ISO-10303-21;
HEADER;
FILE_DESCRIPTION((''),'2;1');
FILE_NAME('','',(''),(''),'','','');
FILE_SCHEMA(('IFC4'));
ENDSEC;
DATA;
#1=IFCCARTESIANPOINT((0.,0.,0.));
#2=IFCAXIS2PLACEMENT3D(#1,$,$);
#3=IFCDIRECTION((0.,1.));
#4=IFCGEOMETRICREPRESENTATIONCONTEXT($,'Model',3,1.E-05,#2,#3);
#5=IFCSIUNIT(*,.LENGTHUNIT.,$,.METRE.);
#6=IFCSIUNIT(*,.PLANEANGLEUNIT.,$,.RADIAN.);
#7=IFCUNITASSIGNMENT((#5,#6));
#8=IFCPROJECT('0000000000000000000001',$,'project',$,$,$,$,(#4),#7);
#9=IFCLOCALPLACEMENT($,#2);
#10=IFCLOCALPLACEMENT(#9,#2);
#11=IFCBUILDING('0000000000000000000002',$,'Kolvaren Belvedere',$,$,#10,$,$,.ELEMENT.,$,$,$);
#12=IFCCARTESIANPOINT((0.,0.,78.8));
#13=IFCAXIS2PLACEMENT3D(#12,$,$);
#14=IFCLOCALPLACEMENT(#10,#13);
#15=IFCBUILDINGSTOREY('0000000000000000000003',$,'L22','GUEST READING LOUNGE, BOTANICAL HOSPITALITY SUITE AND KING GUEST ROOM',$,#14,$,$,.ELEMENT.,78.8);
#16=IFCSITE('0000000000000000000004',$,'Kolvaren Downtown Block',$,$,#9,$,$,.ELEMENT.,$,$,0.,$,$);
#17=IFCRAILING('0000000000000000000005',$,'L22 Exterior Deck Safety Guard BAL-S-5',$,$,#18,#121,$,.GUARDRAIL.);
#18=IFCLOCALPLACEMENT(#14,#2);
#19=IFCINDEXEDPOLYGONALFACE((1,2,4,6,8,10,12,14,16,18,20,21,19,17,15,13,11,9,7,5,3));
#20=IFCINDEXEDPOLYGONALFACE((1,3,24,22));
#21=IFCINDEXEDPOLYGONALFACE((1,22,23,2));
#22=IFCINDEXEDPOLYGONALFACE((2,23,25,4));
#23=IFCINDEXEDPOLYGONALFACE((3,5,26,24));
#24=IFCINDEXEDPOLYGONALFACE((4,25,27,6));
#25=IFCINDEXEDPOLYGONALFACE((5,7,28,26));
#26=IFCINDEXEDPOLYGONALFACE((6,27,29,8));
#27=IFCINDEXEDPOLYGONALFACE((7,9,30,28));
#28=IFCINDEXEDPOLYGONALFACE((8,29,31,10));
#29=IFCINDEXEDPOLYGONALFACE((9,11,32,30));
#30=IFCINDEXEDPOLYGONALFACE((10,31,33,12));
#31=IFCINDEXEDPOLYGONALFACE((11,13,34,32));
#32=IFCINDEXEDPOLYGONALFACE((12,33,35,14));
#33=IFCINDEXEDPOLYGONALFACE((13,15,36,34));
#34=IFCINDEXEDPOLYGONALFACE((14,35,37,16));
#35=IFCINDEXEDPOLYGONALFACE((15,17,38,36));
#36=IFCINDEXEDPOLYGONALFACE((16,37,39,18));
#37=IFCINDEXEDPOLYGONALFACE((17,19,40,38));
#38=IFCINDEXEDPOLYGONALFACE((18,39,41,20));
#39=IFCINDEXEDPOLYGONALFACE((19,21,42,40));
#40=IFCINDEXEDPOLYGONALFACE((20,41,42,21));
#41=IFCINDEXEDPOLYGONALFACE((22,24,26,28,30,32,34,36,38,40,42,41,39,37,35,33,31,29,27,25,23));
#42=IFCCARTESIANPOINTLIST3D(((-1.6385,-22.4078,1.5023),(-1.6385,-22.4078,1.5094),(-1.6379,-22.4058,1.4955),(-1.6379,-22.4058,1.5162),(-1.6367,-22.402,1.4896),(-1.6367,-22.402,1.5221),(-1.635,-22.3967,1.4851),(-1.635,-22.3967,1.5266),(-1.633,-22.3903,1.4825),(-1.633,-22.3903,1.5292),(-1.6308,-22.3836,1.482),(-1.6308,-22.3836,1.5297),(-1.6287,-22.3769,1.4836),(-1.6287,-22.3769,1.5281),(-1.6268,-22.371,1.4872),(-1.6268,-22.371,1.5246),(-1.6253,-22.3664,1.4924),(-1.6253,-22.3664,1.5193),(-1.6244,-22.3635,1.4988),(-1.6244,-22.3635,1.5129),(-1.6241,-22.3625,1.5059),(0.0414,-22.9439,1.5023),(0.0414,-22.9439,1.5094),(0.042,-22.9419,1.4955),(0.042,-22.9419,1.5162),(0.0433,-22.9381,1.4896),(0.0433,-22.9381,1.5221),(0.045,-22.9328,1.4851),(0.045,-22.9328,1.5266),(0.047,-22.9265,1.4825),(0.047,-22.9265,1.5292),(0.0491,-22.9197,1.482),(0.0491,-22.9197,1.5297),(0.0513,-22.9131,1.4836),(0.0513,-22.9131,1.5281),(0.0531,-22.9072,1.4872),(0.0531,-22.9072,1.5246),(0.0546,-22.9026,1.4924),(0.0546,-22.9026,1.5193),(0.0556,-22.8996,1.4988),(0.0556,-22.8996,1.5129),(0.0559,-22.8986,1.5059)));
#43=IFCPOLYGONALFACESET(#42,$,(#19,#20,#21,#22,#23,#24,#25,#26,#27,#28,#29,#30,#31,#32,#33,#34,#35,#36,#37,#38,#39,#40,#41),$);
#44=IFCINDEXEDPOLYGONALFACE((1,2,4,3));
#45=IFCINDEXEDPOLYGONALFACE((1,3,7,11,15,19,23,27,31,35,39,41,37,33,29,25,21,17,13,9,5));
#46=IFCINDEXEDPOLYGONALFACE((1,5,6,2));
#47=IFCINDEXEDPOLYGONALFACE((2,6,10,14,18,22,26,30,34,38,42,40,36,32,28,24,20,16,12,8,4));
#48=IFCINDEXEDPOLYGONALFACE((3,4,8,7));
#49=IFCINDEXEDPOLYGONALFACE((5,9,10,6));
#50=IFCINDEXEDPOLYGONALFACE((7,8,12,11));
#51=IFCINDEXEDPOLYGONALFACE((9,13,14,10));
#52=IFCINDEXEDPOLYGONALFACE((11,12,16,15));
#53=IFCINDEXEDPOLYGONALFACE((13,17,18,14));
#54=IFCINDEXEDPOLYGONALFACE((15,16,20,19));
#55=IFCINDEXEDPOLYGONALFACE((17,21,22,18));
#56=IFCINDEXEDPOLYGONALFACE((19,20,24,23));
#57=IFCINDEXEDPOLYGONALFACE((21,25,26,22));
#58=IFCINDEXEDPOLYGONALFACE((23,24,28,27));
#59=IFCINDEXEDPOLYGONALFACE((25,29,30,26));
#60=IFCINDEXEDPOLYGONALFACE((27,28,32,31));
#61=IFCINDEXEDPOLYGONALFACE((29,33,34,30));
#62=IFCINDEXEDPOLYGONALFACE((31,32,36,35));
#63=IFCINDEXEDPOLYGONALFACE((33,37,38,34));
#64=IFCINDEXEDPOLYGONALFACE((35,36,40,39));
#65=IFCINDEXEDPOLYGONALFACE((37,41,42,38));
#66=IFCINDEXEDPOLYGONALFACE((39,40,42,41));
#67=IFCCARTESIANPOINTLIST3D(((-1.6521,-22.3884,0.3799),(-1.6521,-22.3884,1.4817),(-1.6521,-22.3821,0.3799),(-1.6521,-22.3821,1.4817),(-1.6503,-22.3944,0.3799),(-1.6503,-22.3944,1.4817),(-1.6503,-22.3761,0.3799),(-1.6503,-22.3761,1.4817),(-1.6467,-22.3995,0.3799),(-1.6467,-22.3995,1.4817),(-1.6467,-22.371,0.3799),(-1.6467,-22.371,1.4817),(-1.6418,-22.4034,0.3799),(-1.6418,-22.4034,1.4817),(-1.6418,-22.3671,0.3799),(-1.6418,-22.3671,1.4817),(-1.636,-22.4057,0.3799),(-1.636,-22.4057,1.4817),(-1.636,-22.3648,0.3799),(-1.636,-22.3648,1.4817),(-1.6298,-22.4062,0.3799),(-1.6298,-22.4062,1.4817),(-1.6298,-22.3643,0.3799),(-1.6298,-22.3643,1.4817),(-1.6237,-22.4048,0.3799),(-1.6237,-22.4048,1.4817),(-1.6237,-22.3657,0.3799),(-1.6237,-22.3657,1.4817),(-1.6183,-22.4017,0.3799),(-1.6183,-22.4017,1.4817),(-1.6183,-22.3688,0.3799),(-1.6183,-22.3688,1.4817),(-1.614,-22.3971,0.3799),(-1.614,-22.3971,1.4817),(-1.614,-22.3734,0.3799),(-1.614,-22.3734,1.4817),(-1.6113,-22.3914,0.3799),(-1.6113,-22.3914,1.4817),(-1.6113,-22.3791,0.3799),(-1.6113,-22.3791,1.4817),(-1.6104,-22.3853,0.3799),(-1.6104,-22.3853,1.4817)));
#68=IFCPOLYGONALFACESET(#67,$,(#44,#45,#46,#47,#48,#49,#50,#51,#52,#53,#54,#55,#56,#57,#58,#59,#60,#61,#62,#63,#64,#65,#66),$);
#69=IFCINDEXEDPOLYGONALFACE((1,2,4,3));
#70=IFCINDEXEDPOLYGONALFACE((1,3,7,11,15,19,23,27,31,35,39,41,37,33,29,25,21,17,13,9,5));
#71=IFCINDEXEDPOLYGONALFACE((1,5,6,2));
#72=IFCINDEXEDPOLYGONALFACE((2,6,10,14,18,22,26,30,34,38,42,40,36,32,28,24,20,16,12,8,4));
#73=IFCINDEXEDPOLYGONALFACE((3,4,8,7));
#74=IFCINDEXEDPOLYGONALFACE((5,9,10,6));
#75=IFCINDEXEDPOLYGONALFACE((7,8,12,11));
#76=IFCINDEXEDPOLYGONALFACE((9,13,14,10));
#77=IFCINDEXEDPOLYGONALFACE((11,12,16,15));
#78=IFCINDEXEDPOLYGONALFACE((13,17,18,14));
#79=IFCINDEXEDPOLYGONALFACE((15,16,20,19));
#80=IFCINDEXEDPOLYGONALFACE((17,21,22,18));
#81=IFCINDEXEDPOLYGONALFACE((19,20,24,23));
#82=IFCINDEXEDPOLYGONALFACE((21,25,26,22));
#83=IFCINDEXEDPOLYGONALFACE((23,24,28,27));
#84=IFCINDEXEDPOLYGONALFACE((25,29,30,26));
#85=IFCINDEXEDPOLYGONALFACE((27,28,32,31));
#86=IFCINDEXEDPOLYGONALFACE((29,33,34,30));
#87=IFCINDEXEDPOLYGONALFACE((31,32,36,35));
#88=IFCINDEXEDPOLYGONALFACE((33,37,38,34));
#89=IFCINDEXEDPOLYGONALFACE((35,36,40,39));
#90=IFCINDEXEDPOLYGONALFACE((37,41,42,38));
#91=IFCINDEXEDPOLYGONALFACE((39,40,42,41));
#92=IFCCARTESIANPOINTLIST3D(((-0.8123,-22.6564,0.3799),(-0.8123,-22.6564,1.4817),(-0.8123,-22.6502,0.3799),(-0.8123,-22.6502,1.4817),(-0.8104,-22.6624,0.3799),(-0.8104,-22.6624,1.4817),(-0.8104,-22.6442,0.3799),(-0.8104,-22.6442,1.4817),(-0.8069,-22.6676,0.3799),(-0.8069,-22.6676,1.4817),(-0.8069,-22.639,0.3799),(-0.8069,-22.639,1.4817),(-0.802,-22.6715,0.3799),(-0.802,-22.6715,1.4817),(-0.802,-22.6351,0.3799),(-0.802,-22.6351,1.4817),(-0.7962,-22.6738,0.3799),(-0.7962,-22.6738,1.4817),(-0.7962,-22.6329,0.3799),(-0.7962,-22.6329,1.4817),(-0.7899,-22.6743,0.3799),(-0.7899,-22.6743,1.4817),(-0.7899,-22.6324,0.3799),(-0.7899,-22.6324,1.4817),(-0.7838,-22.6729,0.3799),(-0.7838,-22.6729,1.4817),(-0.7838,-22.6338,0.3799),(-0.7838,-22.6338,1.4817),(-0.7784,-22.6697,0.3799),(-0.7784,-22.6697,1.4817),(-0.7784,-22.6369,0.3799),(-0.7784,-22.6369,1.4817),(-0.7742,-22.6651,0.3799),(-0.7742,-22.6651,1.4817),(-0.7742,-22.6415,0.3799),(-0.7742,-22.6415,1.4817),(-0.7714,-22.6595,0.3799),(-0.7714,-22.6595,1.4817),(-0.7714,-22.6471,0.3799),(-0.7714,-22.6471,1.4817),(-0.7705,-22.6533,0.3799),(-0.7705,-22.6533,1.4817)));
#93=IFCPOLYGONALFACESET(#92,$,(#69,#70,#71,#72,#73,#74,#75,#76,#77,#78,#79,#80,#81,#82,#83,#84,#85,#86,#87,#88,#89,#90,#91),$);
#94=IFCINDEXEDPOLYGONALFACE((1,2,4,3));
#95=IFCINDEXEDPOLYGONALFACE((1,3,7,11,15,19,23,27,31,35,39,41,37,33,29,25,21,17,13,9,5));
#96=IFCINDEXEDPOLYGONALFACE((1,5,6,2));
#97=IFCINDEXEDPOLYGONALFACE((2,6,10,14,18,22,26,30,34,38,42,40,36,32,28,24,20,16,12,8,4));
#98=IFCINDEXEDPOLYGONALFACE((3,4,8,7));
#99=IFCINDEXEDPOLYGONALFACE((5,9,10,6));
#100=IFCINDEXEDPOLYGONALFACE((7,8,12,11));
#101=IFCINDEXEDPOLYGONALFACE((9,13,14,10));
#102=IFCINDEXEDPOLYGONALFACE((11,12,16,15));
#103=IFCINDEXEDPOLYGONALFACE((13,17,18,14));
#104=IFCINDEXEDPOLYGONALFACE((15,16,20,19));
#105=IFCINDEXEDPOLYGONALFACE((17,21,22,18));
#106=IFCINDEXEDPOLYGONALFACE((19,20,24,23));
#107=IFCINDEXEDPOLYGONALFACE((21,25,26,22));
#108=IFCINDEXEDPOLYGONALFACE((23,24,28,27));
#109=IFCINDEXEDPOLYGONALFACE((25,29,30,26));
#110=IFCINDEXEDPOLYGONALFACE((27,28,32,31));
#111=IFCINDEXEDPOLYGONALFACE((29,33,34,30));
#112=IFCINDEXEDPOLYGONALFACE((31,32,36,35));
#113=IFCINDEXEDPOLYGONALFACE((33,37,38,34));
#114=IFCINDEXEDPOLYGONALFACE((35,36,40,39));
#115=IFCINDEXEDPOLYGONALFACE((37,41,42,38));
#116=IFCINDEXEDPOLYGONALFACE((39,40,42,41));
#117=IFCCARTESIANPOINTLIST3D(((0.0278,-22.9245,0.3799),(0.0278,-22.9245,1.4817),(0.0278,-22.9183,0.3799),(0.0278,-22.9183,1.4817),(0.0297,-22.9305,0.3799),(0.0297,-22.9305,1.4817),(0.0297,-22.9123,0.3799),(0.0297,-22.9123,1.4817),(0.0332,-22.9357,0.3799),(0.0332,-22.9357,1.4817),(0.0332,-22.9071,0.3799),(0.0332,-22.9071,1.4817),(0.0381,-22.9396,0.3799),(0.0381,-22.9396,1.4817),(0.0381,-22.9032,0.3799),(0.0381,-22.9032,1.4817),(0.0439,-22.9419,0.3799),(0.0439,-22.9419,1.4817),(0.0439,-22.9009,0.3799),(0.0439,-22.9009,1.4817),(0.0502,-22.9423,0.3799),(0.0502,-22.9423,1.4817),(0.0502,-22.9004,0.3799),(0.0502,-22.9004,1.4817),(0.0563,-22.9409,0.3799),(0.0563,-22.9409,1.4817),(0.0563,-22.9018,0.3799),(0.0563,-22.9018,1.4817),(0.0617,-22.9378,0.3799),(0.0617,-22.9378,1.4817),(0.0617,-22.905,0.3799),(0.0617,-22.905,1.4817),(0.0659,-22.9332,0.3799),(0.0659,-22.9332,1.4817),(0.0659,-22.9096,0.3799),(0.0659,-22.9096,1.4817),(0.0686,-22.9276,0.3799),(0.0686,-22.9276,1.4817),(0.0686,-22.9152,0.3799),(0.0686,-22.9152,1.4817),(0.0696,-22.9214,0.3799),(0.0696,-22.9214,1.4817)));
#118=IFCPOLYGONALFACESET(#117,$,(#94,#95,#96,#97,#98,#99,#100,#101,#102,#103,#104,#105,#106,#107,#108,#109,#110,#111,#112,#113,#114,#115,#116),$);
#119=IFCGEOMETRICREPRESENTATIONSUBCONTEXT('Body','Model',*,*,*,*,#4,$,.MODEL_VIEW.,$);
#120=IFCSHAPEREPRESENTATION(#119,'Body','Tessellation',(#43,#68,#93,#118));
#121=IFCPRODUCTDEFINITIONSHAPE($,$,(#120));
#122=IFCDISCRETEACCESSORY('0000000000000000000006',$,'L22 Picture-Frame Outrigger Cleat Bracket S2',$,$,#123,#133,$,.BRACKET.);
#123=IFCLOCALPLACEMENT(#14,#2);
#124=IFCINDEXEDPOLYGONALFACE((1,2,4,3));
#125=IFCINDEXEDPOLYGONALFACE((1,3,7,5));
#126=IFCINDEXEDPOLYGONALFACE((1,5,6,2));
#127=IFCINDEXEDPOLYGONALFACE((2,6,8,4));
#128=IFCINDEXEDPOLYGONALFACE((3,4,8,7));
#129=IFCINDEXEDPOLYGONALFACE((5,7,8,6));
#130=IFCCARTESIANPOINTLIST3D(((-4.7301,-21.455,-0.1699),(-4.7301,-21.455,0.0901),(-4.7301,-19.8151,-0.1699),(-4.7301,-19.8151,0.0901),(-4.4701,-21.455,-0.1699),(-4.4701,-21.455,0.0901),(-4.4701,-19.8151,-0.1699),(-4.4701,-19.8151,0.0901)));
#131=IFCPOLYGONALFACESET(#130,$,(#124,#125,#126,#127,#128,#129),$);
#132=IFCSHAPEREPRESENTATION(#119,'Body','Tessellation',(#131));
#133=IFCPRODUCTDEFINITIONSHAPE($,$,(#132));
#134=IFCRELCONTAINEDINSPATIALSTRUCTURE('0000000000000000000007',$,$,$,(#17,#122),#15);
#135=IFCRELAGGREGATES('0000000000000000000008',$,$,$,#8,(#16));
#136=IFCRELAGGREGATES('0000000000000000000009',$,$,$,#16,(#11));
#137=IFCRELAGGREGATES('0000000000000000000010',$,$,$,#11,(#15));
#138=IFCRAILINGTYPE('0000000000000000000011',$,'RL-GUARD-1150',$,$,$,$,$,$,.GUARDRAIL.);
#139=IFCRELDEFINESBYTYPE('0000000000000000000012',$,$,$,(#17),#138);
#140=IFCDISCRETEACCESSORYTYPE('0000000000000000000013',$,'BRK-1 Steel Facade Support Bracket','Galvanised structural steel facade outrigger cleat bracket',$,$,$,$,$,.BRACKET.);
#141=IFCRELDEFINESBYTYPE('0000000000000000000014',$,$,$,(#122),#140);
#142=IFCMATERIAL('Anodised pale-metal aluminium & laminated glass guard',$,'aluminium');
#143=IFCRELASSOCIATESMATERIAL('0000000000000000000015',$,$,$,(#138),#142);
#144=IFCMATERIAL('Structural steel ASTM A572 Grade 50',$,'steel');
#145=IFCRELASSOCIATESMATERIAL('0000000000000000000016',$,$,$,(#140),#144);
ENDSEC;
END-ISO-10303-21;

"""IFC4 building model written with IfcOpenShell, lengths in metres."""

from ifc_helpers import new_model, si_unit, direction, frame, origin, origin_2d, place, context, subcontext, project, spatial, rectangle, circle, extrude, material, type_object, element, save


model = new_model("IFC4")

# Units and contexts
model_context = context("Model", 3, precision=1e-05, world=origin(), true_north=direction((0.0, 1.0)))
body_context = subcontext(model_context, "Body", "Model", "MODEL_VIEW")
ifc_project = project(units=[si_unit("LENGTHUNIT", "METRE"), si_unit("PLANEANGLEUNIT", "RADIAN")], contexts=[model_context])

# Site, building, storey
site_placement = place(None, origin())
site = spatial("IfcSite", under=ifc_project, at=site_placement, Name="Kolvaren Downtown Block", CompositionType="ELEMENT", RefElevation=0.0)
building_placement = place(site_placement, origin())
building = spatial("IfcBuilding", under=site, at=building_placement, Name="Kolvaren Belvedere", CompositionType="ELEMENT")
storey_placement = place(building_placement, frame((0.0, 0.0, 78.8)))
storey = spatial("IfcBuildingStorey", under=building, at=storey_placement, Name="L22", Description="GUEST READING LOUNGE, BOTANICAL HOSPITALITY SUITE AND KING GUEST ROOM", CompositionType="ELEMENT", Elevation=78.8)

# Railing
ifc_material_1 = material(Name="Anodised pale-metal aluminium & laminated glass guard", Category="aluminium")
railing_type = type_object("IfcRailingType", Name="RL-GUARD-1150", PredefinedType="GUARDRAIL", material=ifc_material_1)
railing_1_placement = place(storey_placement, frame((-1.6313, -22.3853, 0.3799)))
element("IfcRailing", 1, at=railing_1_placement, inside=storey, type_object=railing_type, Name="L22 Exterior Deck Safety Guard BAL-S-5", PredefinedType="GUARDRAIL", context=body_context, shape_type="SweptSolid", body=[
    extrude(circle(Radius=0.0239, at=origin_2d()), frame((0.0, 0.0, 1.126), z_axis=(0.952662, -0.304032, 0.0), x_axis=(0.304032, 0.952662, 0.0)), (0.0, 0.0, 1.0), 1.7634),
    extrude(circle(Radius=0.021, at=origin_2d()), origin(), (0.0, 0.0, 1.0), 1.1018),
    extrude(circle(Radius=0.021, at=origin_2d()), frame((0.8398, -0.2681, 0.0)), (0.0, 0.0, 1.0), 1.1018),
    extrude(circle(Radius=0.021, at=origin_2d()), frame((1.6799, -0.5361, 0.0)), (0.0, 0.0, 1.0), 1.1018),
])

# Discrete accessory
ifc_material_2 = material(Name="Structural steel ASTM A572 Grade 50", Category="steel")
discrete_accessory_type = type_object("IfcDiscreteAccessoryType", Name="BRK-1 Steel Facade Support Bracket", Description="Galvanised structural steel facade outrigger cleat bracket", PredefinedType="BRACKET", material=ifc_material_2)
discrete_accessory_placement = place(storey_placement, frame((-4.6001, -20.635, -0.1699), z_axis=(0.0, 0.0, 1.0), x_axis=(0.0, 1.0, 0.0)))
element("IfcDiscreteAccessory", 2, at=discrete_accessory_placement, inside=storey, type_object=discrete_accessory_type, Name="L22 Picture-Frame Outrigger Cleat Bracket S2", PredefinedType="BRACKET", context=body_context, shape_type="SweptSolid", body=[
    extrude(rectangle(XDim=1.6399, YDim=0.26, at=origin_2d()), origin(), (0.0, 0.0, 1.0), 0.26),
])

save(model, "model.ifc")
